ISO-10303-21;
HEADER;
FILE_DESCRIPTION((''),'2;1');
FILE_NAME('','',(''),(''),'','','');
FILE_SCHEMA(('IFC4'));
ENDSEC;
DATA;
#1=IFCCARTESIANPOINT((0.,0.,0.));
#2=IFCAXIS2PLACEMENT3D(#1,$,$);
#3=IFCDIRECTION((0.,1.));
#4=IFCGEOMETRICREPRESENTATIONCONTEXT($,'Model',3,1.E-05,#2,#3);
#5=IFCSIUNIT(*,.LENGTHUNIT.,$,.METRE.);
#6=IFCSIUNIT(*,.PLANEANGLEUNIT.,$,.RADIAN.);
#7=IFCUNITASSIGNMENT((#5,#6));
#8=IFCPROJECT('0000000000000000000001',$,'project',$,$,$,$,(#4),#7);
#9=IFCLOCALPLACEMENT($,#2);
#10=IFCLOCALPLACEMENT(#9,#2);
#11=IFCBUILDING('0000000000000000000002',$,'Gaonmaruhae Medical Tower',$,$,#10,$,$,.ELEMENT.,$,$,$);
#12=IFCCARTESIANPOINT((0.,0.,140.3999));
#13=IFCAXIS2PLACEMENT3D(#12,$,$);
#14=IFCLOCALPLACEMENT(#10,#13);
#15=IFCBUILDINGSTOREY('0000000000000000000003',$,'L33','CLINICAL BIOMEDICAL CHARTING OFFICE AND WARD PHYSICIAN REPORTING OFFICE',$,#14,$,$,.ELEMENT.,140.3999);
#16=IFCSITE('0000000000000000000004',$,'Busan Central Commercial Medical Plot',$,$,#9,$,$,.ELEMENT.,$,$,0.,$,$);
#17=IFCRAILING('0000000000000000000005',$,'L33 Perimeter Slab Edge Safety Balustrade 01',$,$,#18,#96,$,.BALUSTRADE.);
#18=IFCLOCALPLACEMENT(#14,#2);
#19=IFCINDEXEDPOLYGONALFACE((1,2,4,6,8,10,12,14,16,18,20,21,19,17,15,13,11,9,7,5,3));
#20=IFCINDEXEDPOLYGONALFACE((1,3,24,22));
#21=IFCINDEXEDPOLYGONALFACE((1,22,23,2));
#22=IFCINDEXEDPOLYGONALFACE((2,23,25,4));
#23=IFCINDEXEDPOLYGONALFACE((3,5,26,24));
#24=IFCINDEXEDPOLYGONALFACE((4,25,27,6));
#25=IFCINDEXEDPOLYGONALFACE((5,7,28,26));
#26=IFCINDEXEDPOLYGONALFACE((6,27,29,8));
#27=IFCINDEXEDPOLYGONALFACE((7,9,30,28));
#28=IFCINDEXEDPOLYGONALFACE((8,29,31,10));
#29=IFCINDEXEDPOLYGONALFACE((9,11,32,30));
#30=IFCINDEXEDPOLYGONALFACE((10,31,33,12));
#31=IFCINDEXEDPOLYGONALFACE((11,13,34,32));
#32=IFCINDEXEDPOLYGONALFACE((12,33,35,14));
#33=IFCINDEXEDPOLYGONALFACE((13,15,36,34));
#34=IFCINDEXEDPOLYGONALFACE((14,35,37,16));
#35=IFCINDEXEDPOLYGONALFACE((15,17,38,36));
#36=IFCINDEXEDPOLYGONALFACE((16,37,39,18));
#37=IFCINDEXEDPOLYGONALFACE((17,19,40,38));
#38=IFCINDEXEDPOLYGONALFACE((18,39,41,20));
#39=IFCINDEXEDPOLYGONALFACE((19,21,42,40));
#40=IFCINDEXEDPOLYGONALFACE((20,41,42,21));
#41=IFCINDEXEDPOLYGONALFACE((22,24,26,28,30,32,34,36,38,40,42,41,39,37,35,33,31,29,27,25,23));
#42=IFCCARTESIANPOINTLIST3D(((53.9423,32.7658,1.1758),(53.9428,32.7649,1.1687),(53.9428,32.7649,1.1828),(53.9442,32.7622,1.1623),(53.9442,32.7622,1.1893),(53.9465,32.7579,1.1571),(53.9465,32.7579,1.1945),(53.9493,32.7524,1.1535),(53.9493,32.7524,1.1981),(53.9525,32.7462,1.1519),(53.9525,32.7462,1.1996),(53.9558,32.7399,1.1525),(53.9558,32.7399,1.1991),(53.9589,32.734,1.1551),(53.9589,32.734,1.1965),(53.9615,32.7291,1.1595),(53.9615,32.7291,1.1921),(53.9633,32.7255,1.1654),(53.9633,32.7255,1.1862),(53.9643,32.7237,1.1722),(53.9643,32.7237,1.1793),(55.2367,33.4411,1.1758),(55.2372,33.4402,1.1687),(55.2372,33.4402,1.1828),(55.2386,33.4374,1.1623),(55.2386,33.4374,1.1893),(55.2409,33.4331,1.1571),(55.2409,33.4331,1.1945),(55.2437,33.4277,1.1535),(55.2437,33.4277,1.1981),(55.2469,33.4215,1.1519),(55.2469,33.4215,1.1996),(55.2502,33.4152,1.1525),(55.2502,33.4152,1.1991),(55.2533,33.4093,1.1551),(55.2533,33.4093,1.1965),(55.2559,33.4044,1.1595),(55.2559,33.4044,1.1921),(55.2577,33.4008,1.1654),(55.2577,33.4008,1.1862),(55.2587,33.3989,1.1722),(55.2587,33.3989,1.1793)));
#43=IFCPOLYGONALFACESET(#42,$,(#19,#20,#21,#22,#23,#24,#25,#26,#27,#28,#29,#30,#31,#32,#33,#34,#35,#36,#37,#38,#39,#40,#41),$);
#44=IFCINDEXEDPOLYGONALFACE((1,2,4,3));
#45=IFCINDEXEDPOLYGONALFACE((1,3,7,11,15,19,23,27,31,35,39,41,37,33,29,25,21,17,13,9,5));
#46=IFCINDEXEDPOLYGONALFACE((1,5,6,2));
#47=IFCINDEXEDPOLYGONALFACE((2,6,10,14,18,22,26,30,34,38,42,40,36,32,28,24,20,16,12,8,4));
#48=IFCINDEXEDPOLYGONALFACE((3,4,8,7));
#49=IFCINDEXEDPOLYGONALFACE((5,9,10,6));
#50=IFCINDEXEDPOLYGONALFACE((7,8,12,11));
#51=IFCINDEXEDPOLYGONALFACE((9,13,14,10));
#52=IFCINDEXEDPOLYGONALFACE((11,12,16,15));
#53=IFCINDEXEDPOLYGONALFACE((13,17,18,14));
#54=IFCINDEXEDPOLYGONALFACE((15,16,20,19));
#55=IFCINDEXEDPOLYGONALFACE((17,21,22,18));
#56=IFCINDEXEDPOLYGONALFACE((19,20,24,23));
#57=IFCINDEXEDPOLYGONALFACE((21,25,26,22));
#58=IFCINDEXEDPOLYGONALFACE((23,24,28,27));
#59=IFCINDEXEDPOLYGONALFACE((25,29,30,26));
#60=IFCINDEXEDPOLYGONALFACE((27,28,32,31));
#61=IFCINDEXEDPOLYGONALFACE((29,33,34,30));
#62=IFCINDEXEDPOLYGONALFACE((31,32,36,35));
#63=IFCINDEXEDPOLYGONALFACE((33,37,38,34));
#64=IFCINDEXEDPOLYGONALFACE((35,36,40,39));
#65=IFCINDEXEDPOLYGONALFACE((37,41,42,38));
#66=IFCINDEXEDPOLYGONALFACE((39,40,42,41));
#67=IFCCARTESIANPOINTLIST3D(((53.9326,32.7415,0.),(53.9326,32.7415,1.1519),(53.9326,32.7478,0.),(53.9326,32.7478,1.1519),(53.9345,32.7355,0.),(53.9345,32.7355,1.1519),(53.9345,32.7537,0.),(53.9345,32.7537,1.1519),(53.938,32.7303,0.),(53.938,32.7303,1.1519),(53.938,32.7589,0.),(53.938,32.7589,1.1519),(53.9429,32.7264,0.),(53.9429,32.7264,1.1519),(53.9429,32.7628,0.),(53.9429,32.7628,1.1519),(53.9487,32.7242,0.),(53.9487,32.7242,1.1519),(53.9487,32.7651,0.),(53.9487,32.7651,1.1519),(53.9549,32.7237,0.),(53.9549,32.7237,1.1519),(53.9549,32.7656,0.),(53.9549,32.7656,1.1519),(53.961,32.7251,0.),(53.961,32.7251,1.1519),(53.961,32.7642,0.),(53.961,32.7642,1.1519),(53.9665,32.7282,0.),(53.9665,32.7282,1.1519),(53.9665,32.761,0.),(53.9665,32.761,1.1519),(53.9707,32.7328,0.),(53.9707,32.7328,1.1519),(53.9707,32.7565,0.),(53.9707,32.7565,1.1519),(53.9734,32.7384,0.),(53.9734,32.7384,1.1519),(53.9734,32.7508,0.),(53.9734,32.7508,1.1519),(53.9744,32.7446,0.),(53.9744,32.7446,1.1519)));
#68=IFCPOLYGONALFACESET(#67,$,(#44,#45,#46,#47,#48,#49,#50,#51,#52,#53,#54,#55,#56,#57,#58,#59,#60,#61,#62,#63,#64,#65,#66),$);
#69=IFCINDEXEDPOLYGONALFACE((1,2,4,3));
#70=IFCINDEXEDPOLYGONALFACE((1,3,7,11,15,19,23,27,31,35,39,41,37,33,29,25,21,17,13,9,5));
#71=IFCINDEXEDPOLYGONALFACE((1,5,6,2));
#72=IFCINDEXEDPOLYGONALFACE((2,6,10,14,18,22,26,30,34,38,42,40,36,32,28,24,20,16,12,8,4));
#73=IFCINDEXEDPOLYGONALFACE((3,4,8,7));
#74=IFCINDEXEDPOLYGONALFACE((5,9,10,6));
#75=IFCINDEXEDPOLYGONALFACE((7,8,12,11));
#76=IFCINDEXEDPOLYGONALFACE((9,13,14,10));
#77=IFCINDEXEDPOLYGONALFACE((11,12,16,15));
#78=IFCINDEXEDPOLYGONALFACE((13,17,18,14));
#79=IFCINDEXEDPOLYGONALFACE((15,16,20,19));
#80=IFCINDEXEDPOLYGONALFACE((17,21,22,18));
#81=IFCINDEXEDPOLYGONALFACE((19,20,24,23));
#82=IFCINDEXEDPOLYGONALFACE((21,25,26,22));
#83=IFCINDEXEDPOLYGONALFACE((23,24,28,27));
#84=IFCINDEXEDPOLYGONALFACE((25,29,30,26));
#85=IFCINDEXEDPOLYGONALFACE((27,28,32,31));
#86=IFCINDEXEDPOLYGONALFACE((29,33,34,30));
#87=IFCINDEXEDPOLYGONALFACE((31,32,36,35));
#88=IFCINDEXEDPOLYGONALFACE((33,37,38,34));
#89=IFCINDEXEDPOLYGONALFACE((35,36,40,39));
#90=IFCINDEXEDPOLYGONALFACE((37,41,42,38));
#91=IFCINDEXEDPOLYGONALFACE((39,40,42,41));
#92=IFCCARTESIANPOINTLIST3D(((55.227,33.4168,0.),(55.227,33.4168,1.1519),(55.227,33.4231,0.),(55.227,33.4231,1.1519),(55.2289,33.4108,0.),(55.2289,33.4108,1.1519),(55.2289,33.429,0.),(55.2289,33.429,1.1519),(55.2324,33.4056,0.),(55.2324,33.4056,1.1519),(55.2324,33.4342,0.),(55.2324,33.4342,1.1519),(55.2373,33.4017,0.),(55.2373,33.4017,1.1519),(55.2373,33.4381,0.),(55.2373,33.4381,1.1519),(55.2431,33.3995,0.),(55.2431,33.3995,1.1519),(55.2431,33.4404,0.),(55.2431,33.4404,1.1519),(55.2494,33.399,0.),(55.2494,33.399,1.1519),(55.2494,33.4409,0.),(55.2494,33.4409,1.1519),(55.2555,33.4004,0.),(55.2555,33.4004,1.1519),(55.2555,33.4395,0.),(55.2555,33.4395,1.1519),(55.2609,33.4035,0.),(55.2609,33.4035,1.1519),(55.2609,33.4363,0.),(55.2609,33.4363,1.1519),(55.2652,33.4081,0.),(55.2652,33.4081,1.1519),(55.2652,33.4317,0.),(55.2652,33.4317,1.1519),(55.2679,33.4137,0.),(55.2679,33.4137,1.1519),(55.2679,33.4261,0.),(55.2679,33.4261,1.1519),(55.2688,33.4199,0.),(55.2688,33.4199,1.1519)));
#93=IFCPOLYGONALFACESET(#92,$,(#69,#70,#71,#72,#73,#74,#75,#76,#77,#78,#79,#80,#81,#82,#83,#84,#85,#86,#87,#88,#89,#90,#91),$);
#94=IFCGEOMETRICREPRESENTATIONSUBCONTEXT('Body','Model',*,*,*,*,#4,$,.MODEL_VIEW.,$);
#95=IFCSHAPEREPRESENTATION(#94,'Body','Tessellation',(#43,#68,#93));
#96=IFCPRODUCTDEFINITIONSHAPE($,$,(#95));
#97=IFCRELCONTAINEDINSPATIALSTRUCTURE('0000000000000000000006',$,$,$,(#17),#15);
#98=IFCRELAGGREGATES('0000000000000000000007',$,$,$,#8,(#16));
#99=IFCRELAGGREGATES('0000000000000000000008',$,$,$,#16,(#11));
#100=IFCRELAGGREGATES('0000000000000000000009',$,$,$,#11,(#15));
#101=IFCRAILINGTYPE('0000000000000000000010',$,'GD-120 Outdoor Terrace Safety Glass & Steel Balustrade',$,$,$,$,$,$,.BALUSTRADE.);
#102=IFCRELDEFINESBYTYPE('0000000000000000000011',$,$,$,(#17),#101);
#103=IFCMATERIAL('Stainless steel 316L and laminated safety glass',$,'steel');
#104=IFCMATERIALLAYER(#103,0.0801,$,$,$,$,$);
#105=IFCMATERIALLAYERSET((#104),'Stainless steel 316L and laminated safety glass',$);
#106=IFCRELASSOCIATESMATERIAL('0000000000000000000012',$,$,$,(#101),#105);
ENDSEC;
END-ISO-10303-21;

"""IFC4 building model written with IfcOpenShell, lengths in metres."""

from ifc_helpers import new_model, si_unit, direction, frame, origin, origin_2d, place, context, subcontext, project, spatial, circle, extrude, material, layer, layer_set, type_object, element, save


model = new_model("IFC4")

# Units and contexts
model_context = context("Model", 3, precision=1e-05, world=origin(), true_north=direction((0.0, 1.0)))
body_context = subcontext(model_context, "Body", "Model", "MODEL_VIEW")
ifc_project = project(units=[si_unit("LENGTHUNIT", "METRE"), si_unit("PLANEANGLEUNIT", "RADIAN")], contexts=[model_context])

# Site, building, storey
site_placement = place(None, origin())
site = spatial("IfcSite", under=ifc_project, at=site_placement, Name="Busan Central Commercial Medical Plot", CompositionType="ELEMENT", RefElevation=0.0)
building_placement = place(site_placement, origin())
building = spatial("IfcBuilding", under=site, at=building_placement, Name="Gaonmaruhae Medical Tower", CompositionType="ELEMENT")
storey_placement = place(building_placement, frame((0.0, 0.0, 140.3999)))
storey = spatial("IfcBuildingStorey", under=building, at=storey_placement, Name="L33", Description="CLINICAL BIOMEDICAL CHARTING OFFICE AND WARD PHYSICIAN REPORTING OFFICE", CompositionType="ELEMENT", Elevation=140.3999)

# Railing
ifc_material_1 = material(Name="Stainless steel 316L and laminated safety glass", Category="steel")
ifc_layer_1 = layer(ifc_material_1, 0.0801)
ifc_layer_set_1 = layer_set([ifc_layer_1], Name="Stainless steel 316L and laminated safety glass")
railing_type = type_object("IfcRailingType", Name="GD-120 Outdoor Terrace Safety Glass & Steel Balustrade", PredefinedType="BALUSTRADE", material=ifc_layer_set_1)
railing_1_placement = place(storey_placement, frame((53.9534, 32.7446, 0.0)))
element("IfcRailing", 1, at=railing_1_placement, inside=storey, type_object=railing_type, Name="L33 Perimeter Slab Edge Safety Balustrade 01", PredefinedType="BALUSTRADE", context=body_context, shape_type="SweptSolid", body=[
    extrude(circle(Radius=0.0239, at=origin_2d()), frame((0.0, 0.0, 1.1758), z_axis=(0.886603, 0.462532, 0.0), x_axis=(-0.462532, 0.886603, 0.0)), (0.0, 0.0, 1.0), 1.46),
    extrude(circle(Radius=0.021, at=origin_2d()), origin(), (0.0, 0.0, 1.0), 1.1519),
    extrude(circle(Radius=0.021, at=origin_2d()), frame((1.2944, 0.6753, 0.0)), (0.0, 0.0, 1.0), 1.1519),
])

save(model, "model.ifc")
